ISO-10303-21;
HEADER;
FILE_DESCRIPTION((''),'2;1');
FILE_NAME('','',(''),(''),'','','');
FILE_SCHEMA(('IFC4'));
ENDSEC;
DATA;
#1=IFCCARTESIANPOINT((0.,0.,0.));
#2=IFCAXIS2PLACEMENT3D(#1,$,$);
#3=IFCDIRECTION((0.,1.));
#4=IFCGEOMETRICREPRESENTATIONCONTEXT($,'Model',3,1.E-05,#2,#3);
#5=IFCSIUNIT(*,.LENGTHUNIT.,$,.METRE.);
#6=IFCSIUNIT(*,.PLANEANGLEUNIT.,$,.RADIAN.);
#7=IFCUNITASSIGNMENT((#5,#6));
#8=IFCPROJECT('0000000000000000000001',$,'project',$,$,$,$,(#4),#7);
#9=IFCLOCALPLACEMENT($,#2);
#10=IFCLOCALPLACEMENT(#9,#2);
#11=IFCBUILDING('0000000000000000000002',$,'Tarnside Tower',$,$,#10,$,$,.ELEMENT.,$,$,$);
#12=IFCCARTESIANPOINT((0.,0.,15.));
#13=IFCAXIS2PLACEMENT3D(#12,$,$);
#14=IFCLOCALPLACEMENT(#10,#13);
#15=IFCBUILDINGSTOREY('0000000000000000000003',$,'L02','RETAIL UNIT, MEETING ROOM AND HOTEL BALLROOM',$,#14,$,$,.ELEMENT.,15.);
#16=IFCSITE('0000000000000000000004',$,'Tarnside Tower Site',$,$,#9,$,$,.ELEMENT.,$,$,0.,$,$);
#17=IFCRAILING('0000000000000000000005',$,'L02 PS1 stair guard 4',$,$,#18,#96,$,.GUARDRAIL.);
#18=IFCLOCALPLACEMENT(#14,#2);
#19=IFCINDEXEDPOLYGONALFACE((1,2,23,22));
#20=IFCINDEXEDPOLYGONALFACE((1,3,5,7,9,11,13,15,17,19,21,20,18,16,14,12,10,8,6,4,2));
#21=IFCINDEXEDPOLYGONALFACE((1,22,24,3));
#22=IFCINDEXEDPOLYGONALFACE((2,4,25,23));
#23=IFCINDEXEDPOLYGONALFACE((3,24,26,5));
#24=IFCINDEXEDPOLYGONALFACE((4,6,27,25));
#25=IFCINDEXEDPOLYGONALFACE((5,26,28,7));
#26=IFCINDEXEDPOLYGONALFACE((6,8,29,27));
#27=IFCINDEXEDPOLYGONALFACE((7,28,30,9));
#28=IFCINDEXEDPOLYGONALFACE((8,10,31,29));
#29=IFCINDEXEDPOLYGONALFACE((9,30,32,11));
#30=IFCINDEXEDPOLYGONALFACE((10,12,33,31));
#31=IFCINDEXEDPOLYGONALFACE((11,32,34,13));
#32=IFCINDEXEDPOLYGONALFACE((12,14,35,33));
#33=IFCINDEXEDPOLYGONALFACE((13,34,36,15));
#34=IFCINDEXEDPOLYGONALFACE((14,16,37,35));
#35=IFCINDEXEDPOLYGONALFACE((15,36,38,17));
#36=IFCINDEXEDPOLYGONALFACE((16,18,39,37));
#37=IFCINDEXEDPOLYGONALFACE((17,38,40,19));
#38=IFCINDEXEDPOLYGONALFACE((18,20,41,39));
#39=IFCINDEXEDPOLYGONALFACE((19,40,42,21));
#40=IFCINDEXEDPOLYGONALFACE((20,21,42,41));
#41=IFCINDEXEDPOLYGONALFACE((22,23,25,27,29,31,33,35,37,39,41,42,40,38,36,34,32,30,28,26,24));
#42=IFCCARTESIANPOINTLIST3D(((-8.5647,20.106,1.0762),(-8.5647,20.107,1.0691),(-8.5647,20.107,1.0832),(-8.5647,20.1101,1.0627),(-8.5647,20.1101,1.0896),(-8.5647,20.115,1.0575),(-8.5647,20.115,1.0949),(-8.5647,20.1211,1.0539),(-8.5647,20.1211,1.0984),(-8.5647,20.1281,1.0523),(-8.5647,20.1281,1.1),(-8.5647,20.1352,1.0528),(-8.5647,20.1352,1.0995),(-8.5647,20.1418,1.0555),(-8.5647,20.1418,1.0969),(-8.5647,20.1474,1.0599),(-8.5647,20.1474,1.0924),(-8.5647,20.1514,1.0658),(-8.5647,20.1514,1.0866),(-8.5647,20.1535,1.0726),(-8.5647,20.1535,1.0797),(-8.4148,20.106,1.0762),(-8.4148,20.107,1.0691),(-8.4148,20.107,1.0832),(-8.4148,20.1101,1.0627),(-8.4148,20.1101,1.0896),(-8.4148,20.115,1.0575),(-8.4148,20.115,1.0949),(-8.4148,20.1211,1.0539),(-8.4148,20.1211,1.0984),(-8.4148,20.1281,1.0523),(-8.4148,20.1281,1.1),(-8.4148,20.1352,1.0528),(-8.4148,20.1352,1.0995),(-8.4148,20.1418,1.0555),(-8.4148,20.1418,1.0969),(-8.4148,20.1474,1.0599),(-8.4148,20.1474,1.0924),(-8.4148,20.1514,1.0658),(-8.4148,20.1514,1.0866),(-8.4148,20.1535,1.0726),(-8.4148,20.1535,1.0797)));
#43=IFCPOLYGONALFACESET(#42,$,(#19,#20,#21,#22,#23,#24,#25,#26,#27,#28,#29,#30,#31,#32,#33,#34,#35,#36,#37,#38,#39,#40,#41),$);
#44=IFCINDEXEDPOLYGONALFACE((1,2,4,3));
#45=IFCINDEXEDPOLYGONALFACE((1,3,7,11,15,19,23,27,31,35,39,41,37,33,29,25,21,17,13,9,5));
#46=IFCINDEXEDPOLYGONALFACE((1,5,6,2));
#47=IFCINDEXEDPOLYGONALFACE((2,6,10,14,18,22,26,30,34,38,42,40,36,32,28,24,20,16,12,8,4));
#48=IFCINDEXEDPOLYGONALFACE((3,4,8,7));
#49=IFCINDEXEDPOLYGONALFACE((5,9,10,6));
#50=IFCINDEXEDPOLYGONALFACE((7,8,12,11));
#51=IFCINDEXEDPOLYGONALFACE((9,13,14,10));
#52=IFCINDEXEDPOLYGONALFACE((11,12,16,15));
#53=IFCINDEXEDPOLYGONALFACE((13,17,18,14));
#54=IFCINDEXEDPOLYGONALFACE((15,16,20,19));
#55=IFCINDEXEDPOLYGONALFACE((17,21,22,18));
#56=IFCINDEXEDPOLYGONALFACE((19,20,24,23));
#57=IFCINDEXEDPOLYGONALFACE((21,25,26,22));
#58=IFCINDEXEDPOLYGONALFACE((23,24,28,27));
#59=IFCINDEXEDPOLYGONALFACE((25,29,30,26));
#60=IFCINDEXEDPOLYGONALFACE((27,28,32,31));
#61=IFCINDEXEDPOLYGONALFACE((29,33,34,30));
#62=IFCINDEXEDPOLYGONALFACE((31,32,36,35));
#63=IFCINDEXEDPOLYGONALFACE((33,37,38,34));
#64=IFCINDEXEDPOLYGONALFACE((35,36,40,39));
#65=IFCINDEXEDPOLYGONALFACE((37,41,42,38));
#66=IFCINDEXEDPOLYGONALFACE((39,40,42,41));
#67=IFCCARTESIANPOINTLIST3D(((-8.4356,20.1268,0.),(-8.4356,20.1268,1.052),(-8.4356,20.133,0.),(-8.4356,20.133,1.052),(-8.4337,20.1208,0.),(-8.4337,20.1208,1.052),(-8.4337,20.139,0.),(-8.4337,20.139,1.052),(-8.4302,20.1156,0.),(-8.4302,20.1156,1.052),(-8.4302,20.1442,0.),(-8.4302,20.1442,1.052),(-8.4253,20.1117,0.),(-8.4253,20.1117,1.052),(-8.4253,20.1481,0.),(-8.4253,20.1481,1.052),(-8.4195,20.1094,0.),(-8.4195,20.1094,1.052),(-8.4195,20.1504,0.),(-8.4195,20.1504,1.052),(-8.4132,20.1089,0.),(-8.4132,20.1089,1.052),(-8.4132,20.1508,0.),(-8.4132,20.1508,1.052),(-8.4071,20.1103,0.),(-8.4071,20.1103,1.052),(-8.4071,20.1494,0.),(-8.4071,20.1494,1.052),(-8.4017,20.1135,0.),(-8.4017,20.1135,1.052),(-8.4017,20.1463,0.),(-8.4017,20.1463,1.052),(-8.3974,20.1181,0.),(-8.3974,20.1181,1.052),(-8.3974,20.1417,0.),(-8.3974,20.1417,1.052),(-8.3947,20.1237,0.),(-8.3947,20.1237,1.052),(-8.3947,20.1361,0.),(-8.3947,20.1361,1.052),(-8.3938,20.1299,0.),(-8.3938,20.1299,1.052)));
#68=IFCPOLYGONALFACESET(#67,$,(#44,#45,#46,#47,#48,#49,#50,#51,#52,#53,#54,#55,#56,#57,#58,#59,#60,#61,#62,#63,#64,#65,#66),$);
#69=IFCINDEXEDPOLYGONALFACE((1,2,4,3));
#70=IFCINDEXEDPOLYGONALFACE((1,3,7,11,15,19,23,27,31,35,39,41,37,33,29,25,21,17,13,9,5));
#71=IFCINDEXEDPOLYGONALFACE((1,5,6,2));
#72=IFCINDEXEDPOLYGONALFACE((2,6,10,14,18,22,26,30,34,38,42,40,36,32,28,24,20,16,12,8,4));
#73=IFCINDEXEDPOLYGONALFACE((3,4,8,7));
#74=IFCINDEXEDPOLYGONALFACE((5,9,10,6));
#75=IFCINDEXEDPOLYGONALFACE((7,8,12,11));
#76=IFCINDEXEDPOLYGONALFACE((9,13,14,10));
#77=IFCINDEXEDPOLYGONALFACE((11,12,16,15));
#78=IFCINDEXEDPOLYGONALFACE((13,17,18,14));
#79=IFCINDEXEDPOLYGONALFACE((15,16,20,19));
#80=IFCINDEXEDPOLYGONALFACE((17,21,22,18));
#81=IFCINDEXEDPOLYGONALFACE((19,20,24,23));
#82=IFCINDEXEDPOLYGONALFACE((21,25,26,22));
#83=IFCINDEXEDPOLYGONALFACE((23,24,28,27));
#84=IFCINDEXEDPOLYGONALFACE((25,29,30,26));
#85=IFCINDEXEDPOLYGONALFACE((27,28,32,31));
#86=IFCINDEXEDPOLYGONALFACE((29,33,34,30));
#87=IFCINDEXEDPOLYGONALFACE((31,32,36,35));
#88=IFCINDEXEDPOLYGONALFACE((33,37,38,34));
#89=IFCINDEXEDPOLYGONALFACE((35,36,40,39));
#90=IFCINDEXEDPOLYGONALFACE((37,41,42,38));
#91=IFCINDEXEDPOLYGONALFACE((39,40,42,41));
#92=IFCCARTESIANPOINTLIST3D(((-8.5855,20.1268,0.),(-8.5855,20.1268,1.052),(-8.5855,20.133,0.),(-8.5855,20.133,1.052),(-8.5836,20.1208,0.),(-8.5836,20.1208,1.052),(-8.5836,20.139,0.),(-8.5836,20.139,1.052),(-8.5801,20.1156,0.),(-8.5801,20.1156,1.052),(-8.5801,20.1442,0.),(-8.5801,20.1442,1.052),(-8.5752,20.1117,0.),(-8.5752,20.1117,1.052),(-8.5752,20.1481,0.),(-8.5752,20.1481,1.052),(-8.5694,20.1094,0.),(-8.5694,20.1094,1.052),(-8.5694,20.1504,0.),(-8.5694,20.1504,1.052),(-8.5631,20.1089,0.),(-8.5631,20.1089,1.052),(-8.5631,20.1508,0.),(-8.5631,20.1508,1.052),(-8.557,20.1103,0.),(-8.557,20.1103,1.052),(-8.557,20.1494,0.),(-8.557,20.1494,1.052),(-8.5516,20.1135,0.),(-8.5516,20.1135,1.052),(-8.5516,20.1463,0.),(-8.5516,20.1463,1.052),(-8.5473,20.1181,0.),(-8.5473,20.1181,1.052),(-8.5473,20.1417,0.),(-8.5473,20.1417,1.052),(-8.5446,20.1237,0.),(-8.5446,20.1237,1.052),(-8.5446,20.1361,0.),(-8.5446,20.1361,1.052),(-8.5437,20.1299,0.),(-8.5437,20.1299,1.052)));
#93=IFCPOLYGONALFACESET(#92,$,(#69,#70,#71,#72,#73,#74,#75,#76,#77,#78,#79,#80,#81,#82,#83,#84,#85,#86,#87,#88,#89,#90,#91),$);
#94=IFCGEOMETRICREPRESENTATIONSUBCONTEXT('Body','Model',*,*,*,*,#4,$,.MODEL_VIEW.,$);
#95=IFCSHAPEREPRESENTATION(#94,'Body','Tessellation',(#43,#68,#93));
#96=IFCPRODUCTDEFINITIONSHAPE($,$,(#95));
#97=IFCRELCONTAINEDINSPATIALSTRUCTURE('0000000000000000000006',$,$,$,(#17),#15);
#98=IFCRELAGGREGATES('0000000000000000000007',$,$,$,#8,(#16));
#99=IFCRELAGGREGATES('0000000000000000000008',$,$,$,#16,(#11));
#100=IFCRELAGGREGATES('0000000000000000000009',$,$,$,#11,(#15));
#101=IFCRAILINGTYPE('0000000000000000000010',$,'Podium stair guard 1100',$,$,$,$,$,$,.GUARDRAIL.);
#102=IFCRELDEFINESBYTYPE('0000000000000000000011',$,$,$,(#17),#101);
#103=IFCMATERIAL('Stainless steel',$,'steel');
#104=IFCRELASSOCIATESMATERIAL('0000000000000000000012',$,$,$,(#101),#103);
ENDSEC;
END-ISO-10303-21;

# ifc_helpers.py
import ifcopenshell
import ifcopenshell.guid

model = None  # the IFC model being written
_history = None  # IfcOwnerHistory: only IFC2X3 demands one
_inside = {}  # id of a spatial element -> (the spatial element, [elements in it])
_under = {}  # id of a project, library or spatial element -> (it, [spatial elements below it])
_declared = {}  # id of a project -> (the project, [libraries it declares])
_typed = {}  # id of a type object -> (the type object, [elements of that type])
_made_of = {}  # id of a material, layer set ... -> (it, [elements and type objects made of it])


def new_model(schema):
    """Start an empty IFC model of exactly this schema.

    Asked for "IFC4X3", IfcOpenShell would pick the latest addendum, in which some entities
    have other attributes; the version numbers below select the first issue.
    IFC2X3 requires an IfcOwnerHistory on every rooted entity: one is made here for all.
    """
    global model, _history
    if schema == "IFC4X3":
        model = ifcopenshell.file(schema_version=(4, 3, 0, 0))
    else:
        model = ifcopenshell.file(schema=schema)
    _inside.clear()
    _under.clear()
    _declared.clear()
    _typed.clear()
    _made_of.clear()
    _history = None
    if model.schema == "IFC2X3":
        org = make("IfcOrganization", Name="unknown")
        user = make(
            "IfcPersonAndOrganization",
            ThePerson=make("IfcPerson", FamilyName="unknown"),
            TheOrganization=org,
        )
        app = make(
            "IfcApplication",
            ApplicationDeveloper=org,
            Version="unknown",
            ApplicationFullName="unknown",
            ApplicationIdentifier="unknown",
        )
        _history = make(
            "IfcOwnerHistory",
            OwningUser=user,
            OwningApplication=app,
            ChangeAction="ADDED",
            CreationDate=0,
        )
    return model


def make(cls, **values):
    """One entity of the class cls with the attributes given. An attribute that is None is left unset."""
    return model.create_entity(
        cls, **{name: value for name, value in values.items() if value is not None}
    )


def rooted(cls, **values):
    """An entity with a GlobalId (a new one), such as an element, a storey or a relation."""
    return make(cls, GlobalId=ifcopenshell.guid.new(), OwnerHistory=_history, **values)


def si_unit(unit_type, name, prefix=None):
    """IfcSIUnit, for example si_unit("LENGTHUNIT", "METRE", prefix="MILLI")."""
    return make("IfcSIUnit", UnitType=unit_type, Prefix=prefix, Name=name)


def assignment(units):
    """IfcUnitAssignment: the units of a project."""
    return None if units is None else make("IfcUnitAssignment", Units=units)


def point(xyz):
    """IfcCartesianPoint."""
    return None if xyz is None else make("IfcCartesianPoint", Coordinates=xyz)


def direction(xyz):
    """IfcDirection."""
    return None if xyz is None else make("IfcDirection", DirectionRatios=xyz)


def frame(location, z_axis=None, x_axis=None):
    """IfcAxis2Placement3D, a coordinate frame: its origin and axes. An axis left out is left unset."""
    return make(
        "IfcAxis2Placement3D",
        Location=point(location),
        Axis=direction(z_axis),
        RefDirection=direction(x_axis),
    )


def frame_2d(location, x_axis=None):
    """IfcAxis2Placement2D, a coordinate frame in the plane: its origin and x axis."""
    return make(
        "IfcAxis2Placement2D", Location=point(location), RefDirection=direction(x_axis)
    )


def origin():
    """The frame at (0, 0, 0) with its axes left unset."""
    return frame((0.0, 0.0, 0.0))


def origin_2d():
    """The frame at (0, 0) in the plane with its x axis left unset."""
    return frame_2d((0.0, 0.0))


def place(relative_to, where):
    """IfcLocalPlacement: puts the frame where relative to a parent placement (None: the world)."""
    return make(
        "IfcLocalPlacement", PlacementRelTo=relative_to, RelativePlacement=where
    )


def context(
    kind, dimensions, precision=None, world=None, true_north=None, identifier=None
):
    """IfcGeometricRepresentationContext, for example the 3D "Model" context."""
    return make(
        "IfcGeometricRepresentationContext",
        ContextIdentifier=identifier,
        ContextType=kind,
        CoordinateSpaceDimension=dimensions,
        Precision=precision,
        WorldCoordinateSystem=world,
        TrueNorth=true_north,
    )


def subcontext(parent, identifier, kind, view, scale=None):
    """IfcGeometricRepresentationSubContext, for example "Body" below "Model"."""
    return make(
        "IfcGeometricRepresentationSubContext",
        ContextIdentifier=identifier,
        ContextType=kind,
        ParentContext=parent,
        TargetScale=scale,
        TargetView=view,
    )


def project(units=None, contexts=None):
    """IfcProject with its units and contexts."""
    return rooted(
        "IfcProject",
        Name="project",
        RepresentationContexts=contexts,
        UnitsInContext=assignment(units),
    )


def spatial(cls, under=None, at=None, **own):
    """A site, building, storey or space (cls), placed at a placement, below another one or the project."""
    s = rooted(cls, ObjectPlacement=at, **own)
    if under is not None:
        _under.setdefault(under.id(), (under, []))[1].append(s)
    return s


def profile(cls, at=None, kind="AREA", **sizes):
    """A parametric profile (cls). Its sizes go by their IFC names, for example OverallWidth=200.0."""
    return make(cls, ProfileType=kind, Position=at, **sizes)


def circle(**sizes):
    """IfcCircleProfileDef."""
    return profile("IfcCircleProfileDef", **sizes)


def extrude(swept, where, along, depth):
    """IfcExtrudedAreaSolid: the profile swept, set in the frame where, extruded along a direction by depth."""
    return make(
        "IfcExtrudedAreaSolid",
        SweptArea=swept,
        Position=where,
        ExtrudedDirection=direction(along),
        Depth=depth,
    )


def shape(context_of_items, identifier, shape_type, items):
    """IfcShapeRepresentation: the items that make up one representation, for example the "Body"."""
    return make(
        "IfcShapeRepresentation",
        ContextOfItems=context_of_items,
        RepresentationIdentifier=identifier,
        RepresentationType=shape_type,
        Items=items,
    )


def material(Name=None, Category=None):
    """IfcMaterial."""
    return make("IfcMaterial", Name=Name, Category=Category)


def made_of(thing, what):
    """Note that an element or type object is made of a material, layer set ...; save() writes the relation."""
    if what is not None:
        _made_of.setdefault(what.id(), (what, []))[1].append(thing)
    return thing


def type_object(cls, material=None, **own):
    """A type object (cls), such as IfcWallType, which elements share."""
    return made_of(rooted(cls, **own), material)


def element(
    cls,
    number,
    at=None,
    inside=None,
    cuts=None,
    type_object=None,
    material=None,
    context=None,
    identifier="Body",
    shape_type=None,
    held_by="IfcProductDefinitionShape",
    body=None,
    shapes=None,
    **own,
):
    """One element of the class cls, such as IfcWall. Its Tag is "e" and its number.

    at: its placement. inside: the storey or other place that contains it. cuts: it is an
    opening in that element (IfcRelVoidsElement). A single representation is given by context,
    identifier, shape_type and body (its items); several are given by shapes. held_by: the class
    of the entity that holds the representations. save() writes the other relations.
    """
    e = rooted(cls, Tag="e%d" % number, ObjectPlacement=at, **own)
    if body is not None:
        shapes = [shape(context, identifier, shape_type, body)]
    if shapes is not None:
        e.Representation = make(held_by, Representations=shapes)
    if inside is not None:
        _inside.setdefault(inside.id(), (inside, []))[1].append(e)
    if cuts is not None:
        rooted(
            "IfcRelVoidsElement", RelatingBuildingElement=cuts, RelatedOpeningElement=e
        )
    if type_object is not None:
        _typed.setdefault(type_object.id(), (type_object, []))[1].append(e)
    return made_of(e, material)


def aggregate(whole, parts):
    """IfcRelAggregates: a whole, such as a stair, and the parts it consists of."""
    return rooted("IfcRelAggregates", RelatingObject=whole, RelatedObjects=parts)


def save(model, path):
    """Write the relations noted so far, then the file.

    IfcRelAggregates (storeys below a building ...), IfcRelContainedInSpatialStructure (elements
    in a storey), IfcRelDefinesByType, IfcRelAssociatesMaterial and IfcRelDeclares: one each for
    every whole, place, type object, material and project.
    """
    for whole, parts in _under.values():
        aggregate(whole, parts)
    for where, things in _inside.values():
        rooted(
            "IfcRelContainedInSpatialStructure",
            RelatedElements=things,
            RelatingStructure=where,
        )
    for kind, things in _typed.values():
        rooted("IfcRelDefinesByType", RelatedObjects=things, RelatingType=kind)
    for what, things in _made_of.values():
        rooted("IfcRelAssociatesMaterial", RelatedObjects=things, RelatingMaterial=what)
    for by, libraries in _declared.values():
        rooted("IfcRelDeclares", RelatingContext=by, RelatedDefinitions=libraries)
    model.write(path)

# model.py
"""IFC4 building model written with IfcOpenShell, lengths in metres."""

from ifc_helpers import new_model, si_unit, direction, frame, origin, origin_2d, place, context, subcontext, project, spatial, circle, extrude, material, type_object, element, save


model = new_model("IFC4")

# Units and contexts
model_context = context("Model", 3, precision=1e-05, world=origin(), true_north=direction((0.0, 1.0)))
body_context = subcontext(model_context, "Body", "Model", "MODEL_VIEW")
ifc_project = project(units=[si_unit("LENGTHUNIT", "METRE"), si_unit("PLANEANGLEUNIT", "RADIAN")], contexts=[model_context])

# Site, building, storey
site_placement = place(None, origin())
site = spatial("IfcSite", under=ifc_project, at=site_placement, Name="Tarnside Tower Site", CompositionType="ELEMENT", RefElevation=0.0)
building_placement = place(site_placement, origin())
building = spatial("IfcBuilding", under=site, at=building_placement, Name="Tarnside Tower", CompositionType="ELEMENT")
storey_placement = place(building_placement, frame((0.0, 0.0, 15.0)))
storey = spatial("IfcBuildingStorey", under=building, at=storey_placement, Name="L02", Description="RETAIL UNIT, MEETING ROOM AND HOTEL BALLROOM", CompositionType="ELEMENT", Elevation=15.0)

# Railing
ifc_material_1 = material(Name="Stainless steel", Category="steel")
railing_type_1 = type_object("IfcRailingType", Name="Podium stair guard 1100", PredefinedType="GUARDRAIL", material=ifc_material_1)
railing_1_placement = place(storey_placement, frame((-8.4148, 20.1299, 0.0)))
element("IfcRailing", 1, at=railing_1_placement, inside=storey, type_object=railing_type_1, Name="L02 PS1 stair guard 4", PredefinedType="GUARDRAIL", context=body_context, shape_type="SweptSolid", body=[
    extrude(circle(Radius=0.0239, at=origin_2d()), frame((0.0, 0.0, 1.0762), z_axis=(-1.0, 0.0, 0.0), x_axis=(0.0, -1.0, 0.0)), (0.0, 0.0, 1.0), 0.1499),
    extrude(circle(Radius=0.021, at=origin_2d()), origin(), (0.0, 0.0, 1.0), 1.052),
    extrude(circle(Radius=0.021, at=origin_2d()), frame((-0.1499, 0.0, 0.0)), (0.0, 0.0, 1.0), 1.052),
])

save(model, "model.ifc")
